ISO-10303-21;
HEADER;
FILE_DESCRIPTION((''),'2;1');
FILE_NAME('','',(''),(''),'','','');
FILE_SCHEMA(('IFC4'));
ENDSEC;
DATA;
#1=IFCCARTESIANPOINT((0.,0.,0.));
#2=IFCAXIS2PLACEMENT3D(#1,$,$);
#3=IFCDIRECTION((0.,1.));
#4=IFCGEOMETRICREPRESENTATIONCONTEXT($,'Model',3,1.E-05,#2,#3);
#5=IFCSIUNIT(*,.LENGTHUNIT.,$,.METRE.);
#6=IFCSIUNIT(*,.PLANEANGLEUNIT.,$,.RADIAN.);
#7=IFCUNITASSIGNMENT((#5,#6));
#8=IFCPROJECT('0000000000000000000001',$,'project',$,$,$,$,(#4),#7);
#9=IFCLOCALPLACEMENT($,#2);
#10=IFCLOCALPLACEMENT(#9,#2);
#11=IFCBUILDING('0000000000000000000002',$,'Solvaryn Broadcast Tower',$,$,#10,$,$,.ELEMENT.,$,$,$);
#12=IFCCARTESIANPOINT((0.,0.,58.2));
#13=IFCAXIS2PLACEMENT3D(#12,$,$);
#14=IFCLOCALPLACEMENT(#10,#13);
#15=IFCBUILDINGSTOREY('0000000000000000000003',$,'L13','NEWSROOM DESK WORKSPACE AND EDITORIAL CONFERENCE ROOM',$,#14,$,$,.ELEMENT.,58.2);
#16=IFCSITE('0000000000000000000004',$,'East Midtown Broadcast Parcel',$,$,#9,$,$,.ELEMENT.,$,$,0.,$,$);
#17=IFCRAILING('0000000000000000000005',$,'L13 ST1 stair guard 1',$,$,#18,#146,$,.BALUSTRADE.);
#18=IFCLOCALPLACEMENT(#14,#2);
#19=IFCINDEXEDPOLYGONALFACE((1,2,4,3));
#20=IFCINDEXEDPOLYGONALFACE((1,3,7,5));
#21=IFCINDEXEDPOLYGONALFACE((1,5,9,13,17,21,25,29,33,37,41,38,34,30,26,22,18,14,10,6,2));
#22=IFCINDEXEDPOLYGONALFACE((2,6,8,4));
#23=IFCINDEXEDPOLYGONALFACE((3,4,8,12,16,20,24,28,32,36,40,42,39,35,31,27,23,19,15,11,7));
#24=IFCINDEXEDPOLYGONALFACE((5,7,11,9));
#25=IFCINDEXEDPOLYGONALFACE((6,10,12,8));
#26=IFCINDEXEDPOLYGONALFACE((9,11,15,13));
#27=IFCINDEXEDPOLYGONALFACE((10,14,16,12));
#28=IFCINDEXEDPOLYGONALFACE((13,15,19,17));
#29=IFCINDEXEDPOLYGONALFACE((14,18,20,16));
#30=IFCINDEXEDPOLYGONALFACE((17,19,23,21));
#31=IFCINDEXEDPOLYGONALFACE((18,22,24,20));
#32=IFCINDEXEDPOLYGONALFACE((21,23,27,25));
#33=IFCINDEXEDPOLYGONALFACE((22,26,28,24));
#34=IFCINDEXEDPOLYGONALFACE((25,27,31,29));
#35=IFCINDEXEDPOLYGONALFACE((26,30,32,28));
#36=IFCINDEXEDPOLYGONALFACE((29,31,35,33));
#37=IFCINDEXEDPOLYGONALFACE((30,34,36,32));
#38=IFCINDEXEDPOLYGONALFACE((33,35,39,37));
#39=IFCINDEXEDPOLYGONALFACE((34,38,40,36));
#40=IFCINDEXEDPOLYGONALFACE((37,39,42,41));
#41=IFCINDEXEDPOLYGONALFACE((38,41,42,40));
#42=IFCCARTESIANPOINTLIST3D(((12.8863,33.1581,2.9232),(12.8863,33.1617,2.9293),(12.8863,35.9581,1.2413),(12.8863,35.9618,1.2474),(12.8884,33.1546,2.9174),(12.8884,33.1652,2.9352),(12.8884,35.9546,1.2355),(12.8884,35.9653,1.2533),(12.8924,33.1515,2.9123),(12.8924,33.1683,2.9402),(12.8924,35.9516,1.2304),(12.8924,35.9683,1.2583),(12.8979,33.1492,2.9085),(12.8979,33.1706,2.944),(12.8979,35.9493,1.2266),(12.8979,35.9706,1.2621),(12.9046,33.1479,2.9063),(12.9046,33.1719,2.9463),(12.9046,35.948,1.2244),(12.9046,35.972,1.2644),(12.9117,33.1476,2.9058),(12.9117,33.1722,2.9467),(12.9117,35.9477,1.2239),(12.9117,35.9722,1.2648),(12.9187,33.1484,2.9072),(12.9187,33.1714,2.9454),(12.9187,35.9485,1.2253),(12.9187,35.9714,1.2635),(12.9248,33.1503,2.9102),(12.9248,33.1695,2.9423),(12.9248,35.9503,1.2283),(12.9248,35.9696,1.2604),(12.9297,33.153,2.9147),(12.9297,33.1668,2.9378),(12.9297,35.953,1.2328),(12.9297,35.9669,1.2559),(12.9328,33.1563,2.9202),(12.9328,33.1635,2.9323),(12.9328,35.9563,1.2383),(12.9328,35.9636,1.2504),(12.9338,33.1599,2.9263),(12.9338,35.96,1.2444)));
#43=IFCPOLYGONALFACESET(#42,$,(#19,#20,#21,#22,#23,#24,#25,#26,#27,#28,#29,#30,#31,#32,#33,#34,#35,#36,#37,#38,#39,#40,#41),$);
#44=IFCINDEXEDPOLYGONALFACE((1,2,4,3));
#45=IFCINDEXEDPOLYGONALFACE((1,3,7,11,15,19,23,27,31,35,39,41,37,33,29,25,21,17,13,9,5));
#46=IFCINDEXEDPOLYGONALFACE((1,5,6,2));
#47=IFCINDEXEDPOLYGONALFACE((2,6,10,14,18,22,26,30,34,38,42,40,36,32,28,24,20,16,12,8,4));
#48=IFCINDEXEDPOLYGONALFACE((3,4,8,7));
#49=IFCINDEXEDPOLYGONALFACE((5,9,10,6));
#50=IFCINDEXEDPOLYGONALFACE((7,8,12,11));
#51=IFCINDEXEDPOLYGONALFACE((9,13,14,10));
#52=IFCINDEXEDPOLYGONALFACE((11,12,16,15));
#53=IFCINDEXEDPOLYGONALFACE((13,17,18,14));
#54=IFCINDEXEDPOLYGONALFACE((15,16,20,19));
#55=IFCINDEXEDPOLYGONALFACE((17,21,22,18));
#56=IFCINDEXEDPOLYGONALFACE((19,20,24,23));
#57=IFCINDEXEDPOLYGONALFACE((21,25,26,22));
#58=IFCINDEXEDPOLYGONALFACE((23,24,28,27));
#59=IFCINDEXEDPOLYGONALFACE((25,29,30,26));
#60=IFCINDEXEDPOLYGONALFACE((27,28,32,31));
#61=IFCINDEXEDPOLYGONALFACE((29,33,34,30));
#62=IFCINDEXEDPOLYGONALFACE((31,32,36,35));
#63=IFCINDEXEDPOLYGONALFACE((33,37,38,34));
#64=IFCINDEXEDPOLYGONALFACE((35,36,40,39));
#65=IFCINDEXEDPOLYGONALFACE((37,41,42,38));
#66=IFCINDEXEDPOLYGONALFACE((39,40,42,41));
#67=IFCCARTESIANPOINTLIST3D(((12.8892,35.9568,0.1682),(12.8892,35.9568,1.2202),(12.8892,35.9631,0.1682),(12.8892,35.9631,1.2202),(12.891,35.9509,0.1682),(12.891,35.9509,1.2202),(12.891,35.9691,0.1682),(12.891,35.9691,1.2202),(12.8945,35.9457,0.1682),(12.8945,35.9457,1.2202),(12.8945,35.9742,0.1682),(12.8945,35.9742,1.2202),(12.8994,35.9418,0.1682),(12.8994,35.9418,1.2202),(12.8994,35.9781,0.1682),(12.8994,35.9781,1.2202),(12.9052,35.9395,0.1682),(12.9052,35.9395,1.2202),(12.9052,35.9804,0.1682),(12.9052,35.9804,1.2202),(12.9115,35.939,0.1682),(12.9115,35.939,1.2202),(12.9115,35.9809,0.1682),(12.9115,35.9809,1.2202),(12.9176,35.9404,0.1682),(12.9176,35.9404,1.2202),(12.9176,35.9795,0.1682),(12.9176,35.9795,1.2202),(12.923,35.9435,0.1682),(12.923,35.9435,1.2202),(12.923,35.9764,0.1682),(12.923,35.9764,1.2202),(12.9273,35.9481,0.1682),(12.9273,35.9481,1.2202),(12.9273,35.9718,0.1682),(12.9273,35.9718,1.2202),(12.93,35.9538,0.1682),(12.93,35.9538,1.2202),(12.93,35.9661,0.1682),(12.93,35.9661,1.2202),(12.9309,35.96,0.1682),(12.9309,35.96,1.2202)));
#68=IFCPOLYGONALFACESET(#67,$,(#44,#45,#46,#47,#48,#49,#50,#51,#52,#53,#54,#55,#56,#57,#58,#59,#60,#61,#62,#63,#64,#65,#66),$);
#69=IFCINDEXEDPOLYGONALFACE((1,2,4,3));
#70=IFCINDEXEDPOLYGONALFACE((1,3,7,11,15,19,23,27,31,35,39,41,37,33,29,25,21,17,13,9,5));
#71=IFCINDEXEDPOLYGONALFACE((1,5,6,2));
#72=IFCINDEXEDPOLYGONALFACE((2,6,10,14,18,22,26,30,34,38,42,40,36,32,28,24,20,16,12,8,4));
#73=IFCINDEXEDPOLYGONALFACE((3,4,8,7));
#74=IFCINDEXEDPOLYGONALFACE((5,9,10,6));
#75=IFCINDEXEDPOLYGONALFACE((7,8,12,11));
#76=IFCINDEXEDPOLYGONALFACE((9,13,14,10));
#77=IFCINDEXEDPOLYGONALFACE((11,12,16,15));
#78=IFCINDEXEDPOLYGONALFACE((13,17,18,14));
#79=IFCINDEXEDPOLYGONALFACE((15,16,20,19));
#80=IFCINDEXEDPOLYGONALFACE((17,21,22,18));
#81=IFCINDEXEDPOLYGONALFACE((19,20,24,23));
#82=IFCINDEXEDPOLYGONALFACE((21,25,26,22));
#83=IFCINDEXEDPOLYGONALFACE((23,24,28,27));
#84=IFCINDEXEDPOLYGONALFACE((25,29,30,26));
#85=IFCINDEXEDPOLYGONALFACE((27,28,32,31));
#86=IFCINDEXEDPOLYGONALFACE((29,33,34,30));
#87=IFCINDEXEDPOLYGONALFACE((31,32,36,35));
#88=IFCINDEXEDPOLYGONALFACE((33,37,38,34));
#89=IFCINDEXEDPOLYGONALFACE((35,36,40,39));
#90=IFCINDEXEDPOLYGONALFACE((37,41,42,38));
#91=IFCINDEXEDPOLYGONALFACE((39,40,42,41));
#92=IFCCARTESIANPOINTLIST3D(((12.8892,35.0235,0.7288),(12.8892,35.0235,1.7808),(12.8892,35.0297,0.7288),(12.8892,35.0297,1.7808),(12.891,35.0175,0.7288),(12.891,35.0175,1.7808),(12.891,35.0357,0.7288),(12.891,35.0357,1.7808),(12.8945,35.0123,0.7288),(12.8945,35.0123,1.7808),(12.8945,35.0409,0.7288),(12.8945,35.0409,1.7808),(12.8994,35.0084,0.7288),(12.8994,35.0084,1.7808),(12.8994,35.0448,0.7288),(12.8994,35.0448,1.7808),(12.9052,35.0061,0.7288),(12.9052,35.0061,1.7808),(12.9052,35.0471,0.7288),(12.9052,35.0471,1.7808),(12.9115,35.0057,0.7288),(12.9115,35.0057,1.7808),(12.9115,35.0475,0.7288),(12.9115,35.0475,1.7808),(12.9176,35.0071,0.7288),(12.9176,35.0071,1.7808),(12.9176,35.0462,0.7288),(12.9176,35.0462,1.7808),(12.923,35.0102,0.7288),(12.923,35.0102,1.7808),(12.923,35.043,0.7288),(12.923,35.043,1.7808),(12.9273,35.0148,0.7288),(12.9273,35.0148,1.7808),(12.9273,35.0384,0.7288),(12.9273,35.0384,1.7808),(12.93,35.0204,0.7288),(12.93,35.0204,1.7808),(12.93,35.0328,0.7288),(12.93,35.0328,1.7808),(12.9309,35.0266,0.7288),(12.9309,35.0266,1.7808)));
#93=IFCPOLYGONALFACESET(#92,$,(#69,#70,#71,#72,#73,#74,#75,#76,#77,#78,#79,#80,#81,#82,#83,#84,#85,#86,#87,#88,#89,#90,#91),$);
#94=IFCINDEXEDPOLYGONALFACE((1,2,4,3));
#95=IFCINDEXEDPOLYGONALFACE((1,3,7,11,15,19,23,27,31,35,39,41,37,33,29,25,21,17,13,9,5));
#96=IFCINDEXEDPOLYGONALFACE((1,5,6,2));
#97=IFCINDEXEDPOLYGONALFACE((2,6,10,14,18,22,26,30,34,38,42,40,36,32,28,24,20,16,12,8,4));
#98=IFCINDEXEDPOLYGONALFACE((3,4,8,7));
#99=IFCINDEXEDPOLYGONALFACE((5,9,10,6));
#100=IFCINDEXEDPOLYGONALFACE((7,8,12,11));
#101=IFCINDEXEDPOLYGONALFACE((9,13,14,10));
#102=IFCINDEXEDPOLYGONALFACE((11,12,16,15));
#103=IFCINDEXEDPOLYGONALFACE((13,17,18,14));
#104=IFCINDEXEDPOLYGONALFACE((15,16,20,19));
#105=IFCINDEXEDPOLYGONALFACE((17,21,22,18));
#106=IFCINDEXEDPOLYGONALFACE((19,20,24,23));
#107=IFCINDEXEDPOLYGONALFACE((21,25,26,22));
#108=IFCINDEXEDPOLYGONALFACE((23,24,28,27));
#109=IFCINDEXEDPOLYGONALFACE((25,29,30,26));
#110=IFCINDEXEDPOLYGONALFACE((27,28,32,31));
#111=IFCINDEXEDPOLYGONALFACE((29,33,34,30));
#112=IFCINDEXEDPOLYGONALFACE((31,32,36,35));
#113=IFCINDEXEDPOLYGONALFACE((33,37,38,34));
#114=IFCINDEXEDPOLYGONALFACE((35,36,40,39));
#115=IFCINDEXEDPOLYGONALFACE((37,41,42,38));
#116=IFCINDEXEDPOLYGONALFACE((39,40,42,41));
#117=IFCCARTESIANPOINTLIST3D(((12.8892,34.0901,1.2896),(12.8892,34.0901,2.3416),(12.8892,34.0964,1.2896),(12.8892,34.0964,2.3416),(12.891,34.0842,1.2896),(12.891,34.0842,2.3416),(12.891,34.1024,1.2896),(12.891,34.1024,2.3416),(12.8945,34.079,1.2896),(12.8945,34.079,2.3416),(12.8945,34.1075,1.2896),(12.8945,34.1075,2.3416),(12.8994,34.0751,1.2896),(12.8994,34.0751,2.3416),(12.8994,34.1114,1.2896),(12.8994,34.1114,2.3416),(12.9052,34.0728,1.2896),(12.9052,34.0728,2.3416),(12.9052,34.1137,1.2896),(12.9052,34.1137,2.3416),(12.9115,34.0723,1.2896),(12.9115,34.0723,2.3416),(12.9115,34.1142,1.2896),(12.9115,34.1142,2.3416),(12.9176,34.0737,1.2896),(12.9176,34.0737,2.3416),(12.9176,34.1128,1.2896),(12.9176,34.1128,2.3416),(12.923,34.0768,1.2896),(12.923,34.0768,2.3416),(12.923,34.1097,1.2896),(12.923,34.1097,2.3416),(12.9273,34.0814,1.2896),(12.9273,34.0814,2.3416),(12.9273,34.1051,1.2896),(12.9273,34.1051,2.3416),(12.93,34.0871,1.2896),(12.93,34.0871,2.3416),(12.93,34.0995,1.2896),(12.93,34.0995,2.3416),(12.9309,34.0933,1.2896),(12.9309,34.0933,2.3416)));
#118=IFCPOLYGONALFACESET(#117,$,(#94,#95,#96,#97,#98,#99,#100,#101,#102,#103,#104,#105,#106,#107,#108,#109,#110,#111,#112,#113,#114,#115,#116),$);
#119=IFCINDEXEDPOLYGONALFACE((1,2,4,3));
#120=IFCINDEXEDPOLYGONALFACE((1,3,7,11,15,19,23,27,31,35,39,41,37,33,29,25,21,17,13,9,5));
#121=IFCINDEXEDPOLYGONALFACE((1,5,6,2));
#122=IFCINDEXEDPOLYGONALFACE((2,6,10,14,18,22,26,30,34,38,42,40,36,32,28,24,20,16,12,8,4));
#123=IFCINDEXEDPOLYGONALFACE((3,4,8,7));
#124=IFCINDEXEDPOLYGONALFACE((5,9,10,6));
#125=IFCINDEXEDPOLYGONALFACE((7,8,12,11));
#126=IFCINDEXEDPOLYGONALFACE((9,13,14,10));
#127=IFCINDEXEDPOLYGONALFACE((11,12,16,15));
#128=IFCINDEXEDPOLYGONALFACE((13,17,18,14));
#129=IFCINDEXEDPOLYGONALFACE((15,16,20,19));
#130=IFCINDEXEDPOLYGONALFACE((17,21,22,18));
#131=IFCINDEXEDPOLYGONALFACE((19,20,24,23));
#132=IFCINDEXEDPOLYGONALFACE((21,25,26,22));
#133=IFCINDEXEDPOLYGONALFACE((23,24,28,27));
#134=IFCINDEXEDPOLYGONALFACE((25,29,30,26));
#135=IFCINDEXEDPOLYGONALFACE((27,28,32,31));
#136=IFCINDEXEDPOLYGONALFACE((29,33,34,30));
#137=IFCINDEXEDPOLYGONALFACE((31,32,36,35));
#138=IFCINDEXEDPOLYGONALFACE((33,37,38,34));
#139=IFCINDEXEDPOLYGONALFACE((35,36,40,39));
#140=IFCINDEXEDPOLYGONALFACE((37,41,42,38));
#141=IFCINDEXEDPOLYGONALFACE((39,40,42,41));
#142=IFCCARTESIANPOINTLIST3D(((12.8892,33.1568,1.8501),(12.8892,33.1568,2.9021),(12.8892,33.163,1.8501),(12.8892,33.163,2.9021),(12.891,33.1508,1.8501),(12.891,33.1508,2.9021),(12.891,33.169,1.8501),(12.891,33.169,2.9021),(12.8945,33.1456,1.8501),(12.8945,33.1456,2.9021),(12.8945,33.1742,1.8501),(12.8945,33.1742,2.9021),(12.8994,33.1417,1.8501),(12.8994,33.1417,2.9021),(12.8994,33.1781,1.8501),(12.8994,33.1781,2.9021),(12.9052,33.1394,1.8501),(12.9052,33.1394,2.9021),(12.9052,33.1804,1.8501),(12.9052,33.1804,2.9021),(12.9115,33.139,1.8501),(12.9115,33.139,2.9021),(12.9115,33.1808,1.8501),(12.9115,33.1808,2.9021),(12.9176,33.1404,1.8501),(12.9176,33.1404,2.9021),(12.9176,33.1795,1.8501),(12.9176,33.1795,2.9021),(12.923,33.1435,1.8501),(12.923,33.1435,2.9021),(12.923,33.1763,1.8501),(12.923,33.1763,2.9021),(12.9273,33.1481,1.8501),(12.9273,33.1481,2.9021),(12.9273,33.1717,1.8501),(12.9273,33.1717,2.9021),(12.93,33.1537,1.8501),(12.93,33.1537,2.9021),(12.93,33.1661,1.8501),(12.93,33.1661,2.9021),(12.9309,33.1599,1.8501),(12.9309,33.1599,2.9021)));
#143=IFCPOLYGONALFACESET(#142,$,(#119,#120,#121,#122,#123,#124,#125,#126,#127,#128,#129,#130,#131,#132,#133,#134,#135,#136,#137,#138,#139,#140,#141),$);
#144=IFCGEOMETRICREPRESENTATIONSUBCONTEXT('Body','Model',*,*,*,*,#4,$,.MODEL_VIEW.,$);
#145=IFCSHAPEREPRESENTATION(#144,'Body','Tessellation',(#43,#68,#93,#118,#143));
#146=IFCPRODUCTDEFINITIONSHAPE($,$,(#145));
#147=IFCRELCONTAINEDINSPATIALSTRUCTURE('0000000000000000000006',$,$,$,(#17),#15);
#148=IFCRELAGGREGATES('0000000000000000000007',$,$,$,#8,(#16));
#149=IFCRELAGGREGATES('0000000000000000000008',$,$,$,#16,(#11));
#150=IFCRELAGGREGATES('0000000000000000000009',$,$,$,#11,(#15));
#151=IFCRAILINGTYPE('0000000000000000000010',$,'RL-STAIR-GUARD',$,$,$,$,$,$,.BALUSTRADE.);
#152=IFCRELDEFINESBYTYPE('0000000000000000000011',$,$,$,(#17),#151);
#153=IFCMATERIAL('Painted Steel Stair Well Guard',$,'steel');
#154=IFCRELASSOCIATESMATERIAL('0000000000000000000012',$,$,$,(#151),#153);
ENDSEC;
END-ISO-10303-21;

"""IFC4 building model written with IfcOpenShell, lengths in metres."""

from ifc_helpers import new_model, si_unit, direction, frame, origin, origin_2d, place, context, subcontext, project, spatial, circle, extrude, material, type_object, element, save


model = new_model("IFC4")

# Units and contexts
model_context = context("Model", 3, precision=1e-05, world=origin(), true_north=direction((0.0, 1.0)))
body_context = subcontext(model_context, "Body", "Model", "MODEL_VIEW")
ifc_project = project(units=[si_unit("LENGTHUNIT", "METRE"), si_unit("PLANEANGLEUNIT", "RADIAN")], contexts=[model_context])

# Site, building, storey
site_placement = place(None, origin())
site = spatial("IfcSite", under=ifc_project, at=site_placement, Name="East Midtown Broadcast Parcel", CompositionType="ELEMENT", RefElevation=0.0)
building_placement = place(site_placement, origin())
building = spatial("IfcBuilding", under=site, at=building_placement, Name="Solvaryn Broadcast Tower", CompositionType="ELEMENT")
storey_placement = place(building_placement, frame((0.0, 0.0, 58.2)))
storey = spatial("IfcBuildingStorey", under=building, at=storey_placement, Name="L13", Description="NEWSROOM DESK WORKSPACE AND EDITORIAL CONFERENCE ROOM", CompositionType="ELEMENT", Elevation=58.2)

# Railing
ifc_material_1 = material(Name="Painted Steel Stair Well Guard", Category="steel")
railing_type_1 = type_object("IfcRailingType", Name="RL-STAIR-GUARD", PredefinedType="BALUSTRADE", material=ifc_material_1)
railing_1_placement = place(storey_placement, frame((12.9099, 35.96, 0.1682)))
element("IfcRailing", 1, at=railing_1_placement, inside=storey, type_object=railing_type_1, Name="L13 ST1 stair guard 1", PredefinedType="BALUSTRADE", context=body_context, shape_type="SweptSolid", body=[
    extrude(circle(Radius=0.0239, at=origin_2d()), frame((0.0, 0.0, 1.0762), z_axis=(0.0, -0.857242, 0.514913), x_axis=(1.0, 0.0, 0.0)), (0.0, 0.0, 1.0), 3.2664),
    extrude(circle(Radius=0.021, at=origin_2d()), origin(), (0.0, 0.0, 1.0), 1.052),
    extrude(circle(Radius=0.021, at=origin_2d()), frame((0.0, -0.9333, 0.5605)), (0.0, 0.0, 1.0), 1.052),
    extrude(circle(Radius=0.021, at=origin_2d()), frame((0.0, -1.8667, 1.1213)), (0.0, 0.0, 1.0), 1.052),
    extrude(circle(Radius=0.021, at=origin_2d()), frame((0.0, -2.8, 1.6819)), (0.0, 0.0, 1.0), 1.052),
])

save(model, "model.ifc")
